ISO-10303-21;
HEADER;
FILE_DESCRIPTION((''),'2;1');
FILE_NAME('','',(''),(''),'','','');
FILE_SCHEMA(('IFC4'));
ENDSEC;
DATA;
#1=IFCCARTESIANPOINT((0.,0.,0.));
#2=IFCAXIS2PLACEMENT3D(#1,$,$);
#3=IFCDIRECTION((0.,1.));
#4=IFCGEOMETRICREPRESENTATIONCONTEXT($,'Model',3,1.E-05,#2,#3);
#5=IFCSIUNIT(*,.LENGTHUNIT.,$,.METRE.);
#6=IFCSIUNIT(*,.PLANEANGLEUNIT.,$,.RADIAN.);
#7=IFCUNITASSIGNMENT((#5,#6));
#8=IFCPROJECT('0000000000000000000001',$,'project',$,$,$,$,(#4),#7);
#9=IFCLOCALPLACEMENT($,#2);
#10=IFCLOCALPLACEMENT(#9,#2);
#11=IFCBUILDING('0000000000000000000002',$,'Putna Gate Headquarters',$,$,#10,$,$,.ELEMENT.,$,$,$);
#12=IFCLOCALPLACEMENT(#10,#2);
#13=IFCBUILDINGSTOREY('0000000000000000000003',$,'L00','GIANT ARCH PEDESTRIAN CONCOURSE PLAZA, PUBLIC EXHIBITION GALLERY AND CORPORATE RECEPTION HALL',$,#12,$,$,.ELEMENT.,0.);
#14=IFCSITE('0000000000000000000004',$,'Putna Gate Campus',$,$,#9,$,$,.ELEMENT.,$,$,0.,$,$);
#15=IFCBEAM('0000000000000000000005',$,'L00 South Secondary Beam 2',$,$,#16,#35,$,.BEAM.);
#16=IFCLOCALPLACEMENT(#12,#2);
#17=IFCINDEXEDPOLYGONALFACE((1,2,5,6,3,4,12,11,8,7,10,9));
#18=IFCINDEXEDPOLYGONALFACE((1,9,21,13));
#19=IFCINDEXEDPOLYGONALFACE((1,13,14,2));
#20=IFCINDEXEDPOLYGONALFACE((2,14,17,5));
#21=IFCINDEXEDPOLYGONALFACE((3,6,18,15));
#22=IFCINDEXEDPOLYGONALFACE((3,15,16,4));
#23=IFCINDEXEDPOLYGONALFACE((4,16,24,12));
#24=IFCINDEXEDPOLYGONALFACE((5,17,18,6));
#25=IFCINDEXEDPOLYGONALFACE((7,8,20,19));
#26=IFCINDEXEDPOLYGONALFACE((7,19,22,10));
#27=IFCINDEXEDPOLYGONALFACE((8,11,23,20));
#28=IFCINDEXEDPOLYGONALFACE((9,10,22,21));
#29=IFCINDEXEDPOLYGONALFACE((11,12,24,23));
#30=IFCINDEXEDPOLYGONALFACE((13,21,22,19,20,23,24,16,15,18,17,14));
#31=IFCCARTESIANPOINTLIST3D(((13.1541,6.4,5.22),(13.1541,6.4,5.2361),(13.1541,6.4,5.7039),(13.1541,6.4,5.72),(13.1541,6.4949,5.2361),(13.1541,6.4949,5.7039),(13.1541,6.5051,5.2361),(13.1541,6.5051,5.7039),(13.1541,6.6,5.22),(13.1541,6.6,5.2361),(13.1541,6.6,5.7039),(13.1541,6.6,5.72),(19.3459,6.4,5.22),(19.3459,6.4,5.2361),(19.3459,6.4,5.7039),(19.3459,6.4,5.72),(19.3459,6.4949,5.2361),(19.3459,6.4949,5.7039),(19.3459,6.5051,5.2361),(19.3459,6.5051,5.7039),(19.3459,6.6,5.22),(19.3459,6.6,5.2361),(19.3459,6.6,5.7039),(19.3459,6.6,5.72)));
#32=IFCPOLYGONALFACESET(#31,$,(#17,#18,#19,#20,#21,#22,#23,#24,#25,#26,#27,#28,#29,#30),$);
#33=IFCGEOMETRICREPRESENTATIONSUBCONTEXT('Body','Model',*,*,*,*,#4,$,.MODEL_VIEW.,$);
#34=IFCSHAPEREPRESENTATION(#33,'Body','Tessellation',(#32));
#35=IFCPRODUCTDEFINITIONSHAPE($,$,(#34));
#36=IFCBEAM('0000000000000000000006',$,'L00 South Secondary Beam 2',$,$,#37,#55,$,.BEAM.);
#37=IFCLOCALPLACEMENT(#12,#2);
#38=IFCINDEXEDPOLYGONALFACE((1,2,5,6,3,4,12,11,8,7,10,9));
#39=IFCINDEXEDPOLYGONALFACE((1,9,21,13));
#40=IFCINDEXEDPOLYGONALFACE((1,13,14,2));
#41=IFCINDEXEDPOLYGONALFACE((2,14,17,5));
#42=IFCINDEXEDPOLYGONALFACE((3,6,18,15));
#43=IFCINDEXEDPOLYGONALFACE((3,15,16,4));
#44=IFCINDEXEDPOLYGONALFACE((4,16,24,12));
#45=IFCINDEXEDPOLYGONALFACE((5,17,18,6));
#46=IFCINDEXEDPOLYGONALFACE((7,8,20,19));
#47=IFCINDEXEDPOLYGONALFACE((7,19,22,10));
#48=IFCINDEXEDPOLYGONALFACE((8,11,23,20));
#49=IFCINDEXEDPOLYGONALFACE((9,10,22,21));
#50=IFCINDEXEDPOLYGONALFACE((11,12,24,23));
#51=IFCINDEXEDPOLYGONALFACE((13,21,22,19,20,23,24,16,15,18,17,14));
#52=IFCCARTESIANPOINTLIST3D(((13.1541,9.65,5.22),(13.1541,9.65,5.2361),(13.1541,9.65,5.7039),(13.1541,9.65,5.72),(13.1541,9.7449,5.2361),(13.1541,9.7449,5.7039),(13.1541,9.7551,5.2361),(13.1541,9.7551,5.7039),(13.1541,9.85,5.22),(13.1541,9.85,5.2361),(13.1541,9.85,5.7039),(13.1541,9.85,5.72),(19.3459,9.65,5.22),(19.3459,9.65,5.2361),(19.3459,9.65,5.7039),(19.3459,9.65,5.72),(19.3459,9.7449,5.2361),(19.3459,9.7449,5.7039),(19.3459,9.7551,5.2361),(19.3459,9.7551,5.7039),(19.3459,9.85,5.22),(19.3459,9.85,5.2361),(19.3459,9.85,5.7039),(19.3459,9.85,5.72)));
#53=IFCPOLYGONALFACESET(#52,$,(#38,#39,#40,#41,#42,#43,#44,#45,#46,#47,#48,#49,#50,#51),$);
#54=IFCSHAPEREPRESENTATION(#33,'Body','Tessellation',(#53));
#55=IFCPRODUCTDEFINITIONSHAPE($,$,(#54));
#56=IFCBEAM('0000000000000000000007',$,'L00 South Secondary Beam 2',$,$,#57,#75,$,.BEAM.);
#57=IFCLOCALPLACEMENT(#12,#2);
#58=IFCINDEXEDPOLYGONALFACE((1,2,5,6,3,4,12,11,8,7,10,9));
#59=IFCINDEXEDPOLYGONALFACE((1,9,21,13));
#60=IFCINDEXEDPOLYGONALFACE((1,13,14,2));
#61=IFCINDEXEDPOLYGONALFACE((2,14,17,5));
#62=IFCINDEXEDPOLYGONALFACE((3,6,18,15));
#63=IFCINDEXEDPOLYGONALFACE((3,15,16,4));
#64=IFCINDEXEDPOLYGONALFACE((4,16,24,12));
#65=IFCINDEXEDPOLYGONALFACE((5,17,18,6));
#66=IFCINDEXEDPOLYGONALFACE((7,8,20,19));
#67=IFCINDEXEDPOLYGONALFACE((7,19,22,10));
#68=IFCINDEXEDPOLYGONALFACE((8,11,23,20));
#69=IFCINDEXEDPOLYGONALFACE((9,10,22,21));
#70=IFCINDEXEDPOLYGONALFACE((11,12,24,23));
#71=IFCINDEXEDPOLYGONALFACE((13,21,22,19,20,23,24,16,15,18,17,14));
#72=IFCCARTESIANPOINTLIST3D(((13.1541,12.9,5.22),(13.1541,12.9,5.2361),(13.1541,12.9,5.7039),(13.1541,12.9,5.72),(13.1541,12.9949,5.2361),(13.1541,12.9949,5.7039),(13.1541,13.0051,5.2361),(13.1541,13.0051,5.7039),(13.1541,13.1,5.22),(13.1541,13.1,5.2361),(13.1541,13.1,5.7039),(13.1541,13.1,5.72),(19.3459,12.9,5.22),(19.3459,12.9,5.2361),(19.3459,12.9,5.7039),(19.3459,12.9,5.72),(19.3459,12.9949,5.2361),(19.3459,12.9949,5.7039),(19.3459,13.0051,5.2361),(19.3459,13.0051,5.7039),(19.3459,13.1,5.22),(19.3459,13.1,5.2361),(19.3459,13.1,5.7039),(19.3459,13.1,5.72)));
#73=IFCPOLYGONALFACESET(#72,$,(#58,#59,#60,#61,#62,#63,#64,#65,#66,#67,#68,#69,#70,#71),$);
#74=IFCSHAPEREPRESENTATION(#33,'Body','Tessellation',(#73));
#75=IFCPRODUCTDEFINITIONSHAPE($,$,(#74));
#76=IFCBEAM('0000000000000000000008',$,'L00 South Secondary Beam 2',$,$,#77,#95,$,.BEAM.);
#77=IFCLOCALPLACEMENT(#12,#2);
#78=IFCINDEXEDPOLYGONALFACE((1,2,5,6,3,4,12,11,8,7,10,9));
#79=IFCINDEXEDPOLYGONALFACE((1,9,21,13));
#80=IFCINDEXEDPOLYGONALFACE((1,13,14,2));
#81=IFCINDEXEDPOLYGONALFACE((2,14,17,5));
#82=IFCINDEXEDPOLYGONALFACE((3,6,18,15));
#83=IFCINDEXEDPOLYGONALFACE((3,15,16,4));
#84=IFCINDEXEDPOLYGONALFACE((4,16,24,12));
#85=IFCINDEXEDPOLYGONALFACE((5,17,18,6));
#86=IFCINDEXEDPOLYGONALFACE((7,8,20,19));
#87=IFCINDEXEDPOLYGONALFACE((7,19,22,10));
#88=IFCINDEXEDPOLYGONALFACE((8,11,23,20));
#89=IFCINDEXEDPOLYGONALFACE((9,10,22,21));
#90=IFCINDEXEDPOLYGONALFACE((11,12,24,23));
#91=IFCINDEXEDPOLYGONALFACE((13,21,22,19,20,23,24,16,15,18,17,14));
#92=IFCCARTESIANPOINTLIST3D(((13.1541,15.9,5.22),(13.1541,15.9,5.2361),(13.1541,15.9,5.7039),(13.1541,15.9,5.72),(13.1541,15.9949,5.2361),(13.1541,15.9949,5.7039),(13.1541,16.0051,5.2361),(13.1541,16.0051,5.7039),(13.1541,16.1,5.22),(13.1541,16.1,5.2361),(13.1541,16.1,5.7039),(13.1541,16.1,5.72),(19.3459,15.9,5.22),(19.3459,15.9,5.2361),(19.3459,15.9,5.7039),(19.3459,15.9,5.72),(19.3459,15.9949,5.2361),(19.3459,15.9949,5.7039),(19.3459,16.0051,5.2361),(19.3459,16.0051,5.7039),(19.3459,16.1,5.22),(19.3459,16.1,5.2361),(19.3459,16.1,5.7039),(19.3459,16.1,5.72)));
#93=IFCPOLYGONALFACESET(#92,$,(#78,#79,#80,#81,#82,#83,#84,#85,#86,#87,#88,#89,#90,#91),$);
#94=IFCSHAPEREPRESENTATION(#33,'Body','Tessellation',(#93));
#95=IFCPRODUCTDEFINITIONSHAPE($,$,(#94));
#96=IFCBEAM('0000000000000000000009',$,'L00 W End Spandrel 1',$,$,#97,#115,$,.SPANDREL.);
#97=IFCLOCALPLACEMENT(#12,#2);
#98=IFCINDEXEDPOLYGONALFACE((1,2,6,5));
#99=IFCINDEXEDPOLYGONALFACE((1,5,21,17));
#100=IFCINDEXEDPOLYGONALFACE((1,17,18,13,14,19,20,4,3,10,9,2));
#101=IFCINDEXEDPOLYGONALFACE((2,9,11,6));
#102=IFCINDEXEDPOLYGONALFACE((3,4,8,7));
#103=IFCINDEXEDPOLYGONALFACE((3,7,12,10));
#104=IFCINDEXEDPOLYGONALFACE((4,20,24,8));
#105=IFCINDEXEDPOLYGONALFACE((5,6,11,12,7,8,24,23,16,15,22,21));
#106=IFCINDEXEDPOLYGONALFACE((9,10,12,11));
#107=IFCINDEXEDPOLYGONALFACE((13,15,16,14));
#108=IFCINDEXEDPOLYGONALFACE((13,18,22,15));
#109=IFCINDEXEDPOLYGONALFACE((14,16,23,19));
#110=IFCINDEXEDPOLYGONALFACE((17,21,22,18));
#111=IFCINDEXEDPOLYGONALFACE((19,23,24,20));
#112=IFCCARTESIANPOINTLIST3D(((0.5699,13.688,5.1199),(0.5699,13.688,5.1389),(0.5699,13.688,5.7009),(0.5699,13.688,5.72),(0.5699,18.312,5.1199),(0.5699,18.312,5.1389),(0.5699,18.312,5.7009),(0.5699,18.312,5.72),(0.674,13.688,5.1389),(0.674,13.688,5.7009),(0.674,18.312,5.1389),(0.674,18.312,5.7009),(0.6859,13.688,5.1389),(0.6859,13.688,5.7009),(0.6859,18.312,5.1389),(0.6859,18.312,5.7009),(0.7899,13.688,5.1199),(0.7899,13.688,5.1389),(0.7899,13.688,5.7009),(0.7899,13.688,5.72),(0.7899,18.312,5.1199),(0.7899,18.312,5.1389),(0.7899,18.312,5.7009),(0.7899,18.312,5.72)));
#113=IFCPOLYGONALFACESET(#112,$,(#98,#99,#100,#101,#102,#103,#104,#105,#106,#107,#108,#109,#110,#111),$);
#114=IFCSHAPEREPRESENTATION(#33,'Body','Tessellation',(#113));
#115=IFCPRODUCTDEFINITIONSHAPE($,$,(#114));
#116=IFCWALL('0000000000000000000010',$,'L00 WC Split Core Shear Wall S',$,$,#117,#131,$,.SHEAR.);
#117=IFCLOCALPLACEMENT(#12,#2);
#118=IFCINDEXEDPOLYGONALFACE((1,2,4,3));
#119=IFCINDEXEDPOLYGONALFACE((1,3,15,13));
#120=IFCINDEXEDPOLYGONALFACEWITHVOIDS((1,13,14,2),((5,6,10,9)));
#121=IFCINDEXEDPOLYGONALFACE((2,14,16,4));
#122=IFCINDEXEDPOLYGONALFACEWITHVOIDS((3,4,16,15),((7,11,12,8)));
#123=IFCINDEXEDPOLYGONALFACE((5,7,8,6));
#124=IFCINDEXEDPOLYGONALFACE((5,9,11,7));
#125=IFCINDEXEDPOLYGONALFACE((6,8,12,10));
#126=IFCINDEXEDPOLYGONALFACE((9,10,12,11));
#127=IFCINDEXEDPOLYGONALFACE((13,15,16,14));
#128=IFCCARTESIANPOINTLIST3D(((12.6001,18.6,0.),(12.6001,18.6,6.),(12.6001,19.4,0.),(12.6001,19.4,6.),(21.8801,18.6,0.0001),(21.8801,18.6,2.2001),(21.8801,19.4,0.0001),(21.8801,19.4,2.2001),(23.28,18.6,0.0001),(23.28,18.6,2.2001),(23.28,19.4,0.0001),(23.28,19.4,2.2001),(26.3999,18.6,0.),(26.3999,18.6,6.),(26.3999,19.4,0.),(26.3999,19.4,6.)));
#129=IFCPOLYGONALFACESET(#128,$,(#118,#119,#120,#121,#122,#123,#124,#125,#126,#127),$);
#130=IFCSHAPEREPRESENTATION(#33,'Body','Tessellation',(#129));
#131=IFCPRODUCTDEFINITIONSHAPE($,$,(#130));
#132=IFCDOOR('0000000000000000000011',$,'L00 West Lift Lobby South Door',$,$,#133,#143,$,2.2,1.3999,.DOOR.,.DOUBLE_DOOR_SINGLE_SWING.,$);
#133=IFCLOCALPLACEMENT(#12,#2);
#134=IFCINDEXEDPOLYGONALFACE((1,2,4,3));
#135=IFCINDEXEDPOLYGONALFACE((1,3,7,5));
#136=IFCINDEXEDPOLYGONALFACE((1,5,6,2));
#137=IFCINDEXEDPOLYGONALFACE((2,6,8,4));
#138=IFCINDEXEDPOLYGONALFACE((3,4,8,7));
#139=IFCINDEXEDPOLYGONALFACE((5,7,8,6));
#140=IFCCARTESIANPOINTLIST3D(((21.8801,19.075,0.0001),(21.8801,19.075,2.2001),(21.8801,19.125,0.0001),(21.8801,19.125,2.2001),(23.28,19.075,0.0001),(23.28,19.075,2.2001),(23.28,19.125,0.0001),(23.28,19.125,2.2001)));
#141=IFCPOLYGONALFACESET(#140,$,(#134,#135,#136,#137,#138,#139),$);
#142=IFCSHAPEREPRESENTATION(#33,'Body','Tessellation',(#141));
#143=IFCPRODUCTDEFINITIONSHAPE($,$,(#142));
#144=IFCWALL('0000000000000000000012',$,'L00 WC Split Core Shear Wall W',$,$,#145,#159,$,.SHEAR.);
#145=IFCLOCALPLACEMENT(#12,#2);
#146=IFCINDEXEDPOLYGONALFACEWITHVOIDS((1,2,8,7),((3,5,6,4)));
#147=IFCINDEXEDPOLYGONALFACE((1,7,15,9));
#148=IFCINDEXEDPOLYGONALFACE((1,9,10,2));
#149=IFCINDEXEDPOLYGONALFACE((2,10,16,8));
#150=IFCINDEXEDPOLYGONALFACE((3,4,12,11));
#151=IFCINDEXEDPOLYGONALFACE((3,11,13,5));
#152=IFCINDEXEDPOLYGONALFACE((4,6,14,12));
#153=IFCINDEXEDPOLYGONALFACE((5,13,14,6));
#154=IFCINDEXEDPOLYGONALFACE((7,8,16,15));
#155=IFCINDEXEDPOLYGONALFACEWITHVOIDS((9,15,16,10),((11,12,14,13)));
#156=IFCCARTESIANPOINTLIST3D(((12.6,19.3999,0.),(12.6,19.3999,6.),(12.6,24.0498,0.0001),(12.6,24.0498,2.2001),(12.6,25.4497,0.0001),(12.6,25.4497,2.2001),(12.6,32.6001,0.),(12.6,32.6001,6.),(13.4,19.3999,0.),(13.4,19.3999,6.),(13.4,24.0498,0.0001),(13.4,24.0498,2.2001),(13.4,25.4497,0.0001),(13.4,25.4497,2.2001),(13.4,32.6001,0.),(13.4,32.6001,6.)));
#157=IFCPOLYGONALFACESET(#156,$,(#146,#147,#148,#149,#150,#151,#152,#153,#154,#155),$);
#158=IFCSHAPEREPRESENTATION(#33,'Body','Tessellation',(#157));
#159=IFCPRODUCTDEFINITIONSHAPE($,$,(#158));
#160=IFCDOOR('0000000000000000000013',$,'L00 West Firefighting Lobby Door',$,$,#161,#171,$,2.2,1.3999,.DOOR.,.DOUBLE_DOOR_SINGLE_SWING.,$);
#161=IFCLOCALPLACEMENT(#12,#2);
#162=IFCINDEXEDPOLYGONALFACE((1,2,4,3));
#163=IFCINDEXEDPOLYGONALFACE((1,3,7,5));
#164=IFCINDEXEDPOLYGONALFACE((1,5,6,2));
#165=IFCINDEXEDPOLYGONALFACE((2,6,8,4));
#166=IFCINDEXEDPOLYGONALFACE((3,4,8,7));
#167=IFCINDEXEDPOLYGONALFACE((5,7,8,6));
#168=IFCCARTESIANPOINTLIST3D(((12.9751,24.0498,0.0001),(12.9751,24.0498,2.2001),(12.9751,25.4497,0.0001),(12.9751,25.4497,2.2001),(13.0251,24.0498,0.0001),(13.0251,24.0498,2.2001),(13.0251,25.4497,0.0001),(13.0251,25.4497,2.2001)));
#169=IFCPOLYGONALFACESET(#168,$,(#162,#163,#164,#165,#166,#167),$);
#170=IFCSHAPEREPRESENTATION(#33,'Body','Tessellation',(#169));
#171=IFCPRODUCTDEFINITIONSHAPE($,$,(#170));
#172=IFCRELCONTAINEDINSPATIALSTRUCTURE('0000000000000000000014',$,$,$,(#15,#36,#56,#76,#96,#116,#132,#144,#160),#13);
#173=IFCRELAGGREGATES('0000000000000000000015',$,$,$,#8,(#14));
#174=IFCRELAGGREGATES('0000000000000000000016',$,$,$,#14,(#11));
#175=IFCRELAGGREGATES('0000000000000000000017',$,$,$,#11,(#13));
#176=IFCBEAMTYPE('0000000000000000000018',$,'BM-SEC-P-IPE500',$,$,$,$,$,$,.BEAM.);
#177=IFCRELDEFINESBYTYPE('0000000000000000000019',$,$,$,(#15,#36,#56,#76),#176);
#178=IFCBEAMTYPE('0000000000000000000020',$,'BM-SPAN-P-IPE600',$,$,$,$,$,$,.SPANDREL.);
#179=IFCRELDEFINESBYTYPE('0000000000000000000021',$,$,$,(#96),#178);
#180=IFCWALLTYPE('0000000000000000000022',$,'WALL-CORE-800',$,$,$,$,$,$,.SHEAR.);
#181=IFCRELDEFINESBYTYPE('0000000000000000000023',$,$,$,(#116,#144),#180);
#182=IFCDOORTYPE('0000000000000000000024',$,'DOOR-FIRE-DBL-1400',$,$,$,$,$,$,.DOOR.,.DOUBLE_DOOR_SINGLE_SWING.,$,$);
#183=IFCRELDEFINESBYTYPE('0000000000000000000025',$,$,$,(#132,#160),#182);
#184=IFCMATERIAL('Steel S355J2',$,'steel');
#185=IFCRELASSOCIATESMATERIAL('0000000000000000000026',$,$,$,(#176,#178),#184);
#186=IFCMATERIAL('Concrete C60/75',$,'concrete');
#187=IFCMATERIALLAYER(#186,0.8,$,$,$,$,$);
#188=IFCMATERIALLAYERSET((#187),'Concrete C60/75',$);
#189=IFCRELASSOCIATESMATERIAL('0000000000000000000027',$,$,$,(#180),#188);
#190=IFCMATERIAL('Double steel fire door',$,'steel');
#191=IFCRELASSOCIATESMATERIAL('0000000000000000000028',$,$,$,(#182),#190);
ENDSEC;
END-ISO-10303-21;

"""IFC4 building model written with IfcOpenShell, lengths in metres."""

from ifc_helpers import new_model, si_unit, direction, frame, frame_2d, origin, origin_2d, place, context, subcontext, project, spatial, rectangle, i_section, extrude, material, layer, layer_set, material_profile, profile_set, type_object, element, fill, save


model = new_model("IFC4")

# Units and contexts
model_context = context("Model", 3, precision=1e-05, world=origin(), true_north=direction((0.0, 1.0)))
body_context = subcontext(model_context, "Body", "Model", "MODEL_VIEW")
ifc_project = project(units=[si_unit("LENGTHUNIT", "METRE"), si_unit("PLANEANGLEUNIT", "RADIAN")], contexts=[model_context])

# Site, building, storey
site_placement = place(None, origin())
site = spatial("IfcSite", under=ifc_project, at=site_placement, Name="Putna Gate Campus", CompositionType="ELEMENT", RefElevation=0.0)
building_placement = place(site_placement, origin())
building = spatial("IfcBuilding", under=site, at=building_placement, Name="Putna Gate Headquarters", CompositionType="ELEMENT")
storey_placement = place(building_placement, origin())
storey = spatial("IfcBuildingStorey", under=building, at=storey_placement, Name="L00", Description="GIANT ARCH PEDESTRIAN CONCOURSE PLAZA, PUBLIC EXHIBITION GALLERY AND CORPORATE RECEPTION HALL", CompositionType="ELEMENT", Elevation=0.0)

# Shared definitions
ifc_material_1 = material(Name="Concrete C60/75", Category="concrete")

# Beams
ifc_material_2 = material(Name="Steel S355J2", Category="steel")
ifc_material_profile_1 = material_profile(ifc_material_2, i_section(OverallWidth=0.2, OverallDepth=0.5, WebThickness=0.0103, FlangeThickness=0.0161, at=origin_2d()), Name="Steel S355J2")
ifc_profile_set_1 = profile_set([ifc_material_profile_1], Name="Steel S355J2")
beam_type_1 = type_object("IfcBeamType", Name="BM-SEC-P-IPE500", PredefinedType="BEAM", material=ifc_profile_set_1)
for number, where, z_axis, x_axis, name in (
    (1, (13.1541, 6.5, 5.47), (1.0, 0.0, 0.0), (0.0, 1.0, 0.0), "L00 South Secondary Beam 2"),
    (2, (13.1541, 9.75, 5.47), (1.0, 0.0, 0.0), (0.0, 1.0, 0.0), "L00 South Secondary Beam 2"),
    (3, (13.1541, 13.0, 5.47), (1.0, 0.0, 0.0), (0.0, 1.0, 0.0), "L00 South Secondary Beam 2"),
    (4, (13.1541, 16.0, 5.47), (1.0, 0.0, 0.0), (0.0, 1.0, 0.0), "L00 South Secondary Beam 2"),
):
    element("IfcBeam", number, at=place(storey_placement, frame(where, z_axis=z_axis, x_axis=x_axis)), inside=storey, type_object=beam_type_1, Name=name, PredefinedType="BEAM", context=body_context, shape_type="SweptSolid", body=[
        extrude(i_section(OverallWidth=0.2, OverallDepth=0.5, WebThickness=0.0103, FlangeThickness=0.0161, at=origin_2d()), origin(), (0.0, 0.0, 1.0), 6.1919),
    ])
ifc_material_profile_2 = material_profile(ifc_material_2, i_section(OverallWidth=0.22, OverallDepth=0.6001, WebThickness=0.012, FlangeThickness=0.019, at=origin_2d()), Name="Steel S355J2")
ifc_profile_set_2 = profile_set([ifc_material_profile_2], Name="Steel S355J2")
beam_type_2 = type_object("IfcBeamType", Name="BM-SPAN-P-IPE600", PredefinedType="SPANDREL", material=ifc_profile_set_2)
beam_1_placement = place(storey_placement, frame((0.6799, 13.688, 5.4199), z_axis=(0.0, 1.0, 0.0), x_axis=(-1.0, 0.0, 0.0)))
element("IfcBeam", 5, at=beam_1_placement, inside=storey, type_object=beam_type_2, Name="L00 W End Spandrel 1", PredefinedType="SPANDREL", context=body_context, shape_type="SweptSolid", body=[
    extrude(i_section(OverallWidth=0.22, OverallDepth=0.6001, WebThickness=0.012, FlangeThickness=0.019, at=origin_2d()), origin(), (0.0, 0.0, 1.0), 4.624),
])

# Walls, openings, doors
ifc_layer_1 = layer(ifc_material_1, 0.8)
ifc_layer_set_1 = layer_set([ifc_layer_1], Name="Concrete C60/75")
wall_type_1 = type_object("IfcWallType", Name="WALL-CORE-800", PredefinedType="SHEAR", material=ifc_layer_set_1)
wall_1_placement = place(storey_placement, frame((12.6001, 19.0, 0.0), z_axis=(0.0, 0.0, 1.0), x_axis=(1.0, 0.0, 0.0)))
wall_1 = element("IfcWall", 6, at=wall_1_placement, inside=storey, type_object=wall_type_1, Name="L00 WC Split Core Shear Wall S", PredefinedType="SHEAR", context=body_context, shape_type="SweptSolid", body=[
    extrude(rectangle(XDim=13.7998, YDim=0.8, at=frame_2d((6.8999, 0.0))), origin(), (0.0, 0.0, 1.0), 6.0),
])
opening_1_placement = place(wall_1_placement, frame((9.28, 0.0, 0.0)))
opening_1 = element("IfcOpeningElement", 7, at=opening_1_placement, cuts=wall_1, PredefinedType="OPENING", context=body_context, shape_type="SweptSolid", body=[
    extrude(rectangle(XDim=1.3999, YDim=2.2, at=frame_2d((0.7, 1.1001))), frame((0.0, 0.4099, 0.0), z_axis=(0.0, -1.0, 0.0), x_axis=(1.0, 0.0, 0.0)), (0.0, 0.0, 1.0), 0.8201),
])
ifc_material_3 = material(Name="Double steel fire door", Category="steel")
door_type = type_object("IfcDoorType", Name="DOOR-FIRE-DBL-1400", OperationType="DOUBLE_DOOR_SINGLE_SWING", PredefinedType="DOOR", material=ifc_material_3)
door_1_placement = place(opening_1_placement, origin())
door_1 = element("IfcDoor", 8, at=door_1_placement, inside=storey, type_object=door_type, Name="L00 West Lift Lobby South Door", OperationType="DOUBLE_DOOR_SINGLE_SWING", OverallHeight=2.2, OverallWidth=1.3999, PredefinedType="DOOR", context=body_context, shape_type="SweptSolid", body=[
    extrude(rectangle(XDim=1.3999, YDim=2.2, at=frame_2d((0.7, 1.1001))), frame((0.0, 0.125, 0.0), z_axis=(0.0, -1.0, 0.0), x_axis=(1.0, 0.0, 0.0)), (0.0, 0.0, 1.0), 0.05),
])
fill(opening_1, door_1)
wall_2_placement = place(storey_placement, frame((13.0, 19.3999, 0.0), z_axis=(0.0, 0.0, 1.0), x_axis=(0.0, 1.0, 0.0)))
wall_2 = element("IfcWall", 9, at=wall_2_placement, inside=storey, type_object=wall_type_1, Name="L00 WC Split Core Shear Wall W", PredefinedType="SHEAR", context=body_context, shape_type="SweptSolid", body=[
    extrude(rectangle(XDim=13.2002, YDim=0.8, at=frame_2d((6.6001, 0.0))), origin(), (0.0, 0.0, 1.0), 6.0),
])
opening_2_placement = place(wall_2_placement, frame((4.6499, 0.0, 0.0)))
opening_2 = element("IfcOpeningElement", 10, at=opening_2_placement, cuts=wall_2, PredefinedType="OPENING", context=body_context, shape_type="SweptSolid", body=[
    extrude(rectangle(XDim=1.3999, YDim=2.2, at=frame_2d((0.7, 1.1001))), frame((0.0, 0.4099, 0.0), z_axis=(0.0, -1.0, 0.0), x_axis=(1.0, 0.0, 0.0)), (0.0, 0.0, 1.0), 0.8201),
])
door_2_placement = place(opening_2_placement, origin())
door_2 = element("IfcDoor", 11, at=door_2_placement, inside=storey, type_object=door_type, Name="L00 West Firefighting Lobby Door", OperationType="DOUBLE_DOOR_SINGLE_SWING", OverallHeight=2.2, OverallWidth=1.3999, PredefinedType="DOOR", context=body_context, shape_type="SweptSolid", body=[
    extrude(rectangle(XDim=1.3999, YDim=2.2, at=frame_2d((0.7, 1.1001))), frame((0.0, 0.0249, 0.0), z_axis=(0.0, -1.0, 0.0), x_axis=(1.0, 0.0, 0.0)), (0.0, 0.0, 1.0), 0.05),
])
fill(opening_2, door_2)

save(model, "model.ifc")
